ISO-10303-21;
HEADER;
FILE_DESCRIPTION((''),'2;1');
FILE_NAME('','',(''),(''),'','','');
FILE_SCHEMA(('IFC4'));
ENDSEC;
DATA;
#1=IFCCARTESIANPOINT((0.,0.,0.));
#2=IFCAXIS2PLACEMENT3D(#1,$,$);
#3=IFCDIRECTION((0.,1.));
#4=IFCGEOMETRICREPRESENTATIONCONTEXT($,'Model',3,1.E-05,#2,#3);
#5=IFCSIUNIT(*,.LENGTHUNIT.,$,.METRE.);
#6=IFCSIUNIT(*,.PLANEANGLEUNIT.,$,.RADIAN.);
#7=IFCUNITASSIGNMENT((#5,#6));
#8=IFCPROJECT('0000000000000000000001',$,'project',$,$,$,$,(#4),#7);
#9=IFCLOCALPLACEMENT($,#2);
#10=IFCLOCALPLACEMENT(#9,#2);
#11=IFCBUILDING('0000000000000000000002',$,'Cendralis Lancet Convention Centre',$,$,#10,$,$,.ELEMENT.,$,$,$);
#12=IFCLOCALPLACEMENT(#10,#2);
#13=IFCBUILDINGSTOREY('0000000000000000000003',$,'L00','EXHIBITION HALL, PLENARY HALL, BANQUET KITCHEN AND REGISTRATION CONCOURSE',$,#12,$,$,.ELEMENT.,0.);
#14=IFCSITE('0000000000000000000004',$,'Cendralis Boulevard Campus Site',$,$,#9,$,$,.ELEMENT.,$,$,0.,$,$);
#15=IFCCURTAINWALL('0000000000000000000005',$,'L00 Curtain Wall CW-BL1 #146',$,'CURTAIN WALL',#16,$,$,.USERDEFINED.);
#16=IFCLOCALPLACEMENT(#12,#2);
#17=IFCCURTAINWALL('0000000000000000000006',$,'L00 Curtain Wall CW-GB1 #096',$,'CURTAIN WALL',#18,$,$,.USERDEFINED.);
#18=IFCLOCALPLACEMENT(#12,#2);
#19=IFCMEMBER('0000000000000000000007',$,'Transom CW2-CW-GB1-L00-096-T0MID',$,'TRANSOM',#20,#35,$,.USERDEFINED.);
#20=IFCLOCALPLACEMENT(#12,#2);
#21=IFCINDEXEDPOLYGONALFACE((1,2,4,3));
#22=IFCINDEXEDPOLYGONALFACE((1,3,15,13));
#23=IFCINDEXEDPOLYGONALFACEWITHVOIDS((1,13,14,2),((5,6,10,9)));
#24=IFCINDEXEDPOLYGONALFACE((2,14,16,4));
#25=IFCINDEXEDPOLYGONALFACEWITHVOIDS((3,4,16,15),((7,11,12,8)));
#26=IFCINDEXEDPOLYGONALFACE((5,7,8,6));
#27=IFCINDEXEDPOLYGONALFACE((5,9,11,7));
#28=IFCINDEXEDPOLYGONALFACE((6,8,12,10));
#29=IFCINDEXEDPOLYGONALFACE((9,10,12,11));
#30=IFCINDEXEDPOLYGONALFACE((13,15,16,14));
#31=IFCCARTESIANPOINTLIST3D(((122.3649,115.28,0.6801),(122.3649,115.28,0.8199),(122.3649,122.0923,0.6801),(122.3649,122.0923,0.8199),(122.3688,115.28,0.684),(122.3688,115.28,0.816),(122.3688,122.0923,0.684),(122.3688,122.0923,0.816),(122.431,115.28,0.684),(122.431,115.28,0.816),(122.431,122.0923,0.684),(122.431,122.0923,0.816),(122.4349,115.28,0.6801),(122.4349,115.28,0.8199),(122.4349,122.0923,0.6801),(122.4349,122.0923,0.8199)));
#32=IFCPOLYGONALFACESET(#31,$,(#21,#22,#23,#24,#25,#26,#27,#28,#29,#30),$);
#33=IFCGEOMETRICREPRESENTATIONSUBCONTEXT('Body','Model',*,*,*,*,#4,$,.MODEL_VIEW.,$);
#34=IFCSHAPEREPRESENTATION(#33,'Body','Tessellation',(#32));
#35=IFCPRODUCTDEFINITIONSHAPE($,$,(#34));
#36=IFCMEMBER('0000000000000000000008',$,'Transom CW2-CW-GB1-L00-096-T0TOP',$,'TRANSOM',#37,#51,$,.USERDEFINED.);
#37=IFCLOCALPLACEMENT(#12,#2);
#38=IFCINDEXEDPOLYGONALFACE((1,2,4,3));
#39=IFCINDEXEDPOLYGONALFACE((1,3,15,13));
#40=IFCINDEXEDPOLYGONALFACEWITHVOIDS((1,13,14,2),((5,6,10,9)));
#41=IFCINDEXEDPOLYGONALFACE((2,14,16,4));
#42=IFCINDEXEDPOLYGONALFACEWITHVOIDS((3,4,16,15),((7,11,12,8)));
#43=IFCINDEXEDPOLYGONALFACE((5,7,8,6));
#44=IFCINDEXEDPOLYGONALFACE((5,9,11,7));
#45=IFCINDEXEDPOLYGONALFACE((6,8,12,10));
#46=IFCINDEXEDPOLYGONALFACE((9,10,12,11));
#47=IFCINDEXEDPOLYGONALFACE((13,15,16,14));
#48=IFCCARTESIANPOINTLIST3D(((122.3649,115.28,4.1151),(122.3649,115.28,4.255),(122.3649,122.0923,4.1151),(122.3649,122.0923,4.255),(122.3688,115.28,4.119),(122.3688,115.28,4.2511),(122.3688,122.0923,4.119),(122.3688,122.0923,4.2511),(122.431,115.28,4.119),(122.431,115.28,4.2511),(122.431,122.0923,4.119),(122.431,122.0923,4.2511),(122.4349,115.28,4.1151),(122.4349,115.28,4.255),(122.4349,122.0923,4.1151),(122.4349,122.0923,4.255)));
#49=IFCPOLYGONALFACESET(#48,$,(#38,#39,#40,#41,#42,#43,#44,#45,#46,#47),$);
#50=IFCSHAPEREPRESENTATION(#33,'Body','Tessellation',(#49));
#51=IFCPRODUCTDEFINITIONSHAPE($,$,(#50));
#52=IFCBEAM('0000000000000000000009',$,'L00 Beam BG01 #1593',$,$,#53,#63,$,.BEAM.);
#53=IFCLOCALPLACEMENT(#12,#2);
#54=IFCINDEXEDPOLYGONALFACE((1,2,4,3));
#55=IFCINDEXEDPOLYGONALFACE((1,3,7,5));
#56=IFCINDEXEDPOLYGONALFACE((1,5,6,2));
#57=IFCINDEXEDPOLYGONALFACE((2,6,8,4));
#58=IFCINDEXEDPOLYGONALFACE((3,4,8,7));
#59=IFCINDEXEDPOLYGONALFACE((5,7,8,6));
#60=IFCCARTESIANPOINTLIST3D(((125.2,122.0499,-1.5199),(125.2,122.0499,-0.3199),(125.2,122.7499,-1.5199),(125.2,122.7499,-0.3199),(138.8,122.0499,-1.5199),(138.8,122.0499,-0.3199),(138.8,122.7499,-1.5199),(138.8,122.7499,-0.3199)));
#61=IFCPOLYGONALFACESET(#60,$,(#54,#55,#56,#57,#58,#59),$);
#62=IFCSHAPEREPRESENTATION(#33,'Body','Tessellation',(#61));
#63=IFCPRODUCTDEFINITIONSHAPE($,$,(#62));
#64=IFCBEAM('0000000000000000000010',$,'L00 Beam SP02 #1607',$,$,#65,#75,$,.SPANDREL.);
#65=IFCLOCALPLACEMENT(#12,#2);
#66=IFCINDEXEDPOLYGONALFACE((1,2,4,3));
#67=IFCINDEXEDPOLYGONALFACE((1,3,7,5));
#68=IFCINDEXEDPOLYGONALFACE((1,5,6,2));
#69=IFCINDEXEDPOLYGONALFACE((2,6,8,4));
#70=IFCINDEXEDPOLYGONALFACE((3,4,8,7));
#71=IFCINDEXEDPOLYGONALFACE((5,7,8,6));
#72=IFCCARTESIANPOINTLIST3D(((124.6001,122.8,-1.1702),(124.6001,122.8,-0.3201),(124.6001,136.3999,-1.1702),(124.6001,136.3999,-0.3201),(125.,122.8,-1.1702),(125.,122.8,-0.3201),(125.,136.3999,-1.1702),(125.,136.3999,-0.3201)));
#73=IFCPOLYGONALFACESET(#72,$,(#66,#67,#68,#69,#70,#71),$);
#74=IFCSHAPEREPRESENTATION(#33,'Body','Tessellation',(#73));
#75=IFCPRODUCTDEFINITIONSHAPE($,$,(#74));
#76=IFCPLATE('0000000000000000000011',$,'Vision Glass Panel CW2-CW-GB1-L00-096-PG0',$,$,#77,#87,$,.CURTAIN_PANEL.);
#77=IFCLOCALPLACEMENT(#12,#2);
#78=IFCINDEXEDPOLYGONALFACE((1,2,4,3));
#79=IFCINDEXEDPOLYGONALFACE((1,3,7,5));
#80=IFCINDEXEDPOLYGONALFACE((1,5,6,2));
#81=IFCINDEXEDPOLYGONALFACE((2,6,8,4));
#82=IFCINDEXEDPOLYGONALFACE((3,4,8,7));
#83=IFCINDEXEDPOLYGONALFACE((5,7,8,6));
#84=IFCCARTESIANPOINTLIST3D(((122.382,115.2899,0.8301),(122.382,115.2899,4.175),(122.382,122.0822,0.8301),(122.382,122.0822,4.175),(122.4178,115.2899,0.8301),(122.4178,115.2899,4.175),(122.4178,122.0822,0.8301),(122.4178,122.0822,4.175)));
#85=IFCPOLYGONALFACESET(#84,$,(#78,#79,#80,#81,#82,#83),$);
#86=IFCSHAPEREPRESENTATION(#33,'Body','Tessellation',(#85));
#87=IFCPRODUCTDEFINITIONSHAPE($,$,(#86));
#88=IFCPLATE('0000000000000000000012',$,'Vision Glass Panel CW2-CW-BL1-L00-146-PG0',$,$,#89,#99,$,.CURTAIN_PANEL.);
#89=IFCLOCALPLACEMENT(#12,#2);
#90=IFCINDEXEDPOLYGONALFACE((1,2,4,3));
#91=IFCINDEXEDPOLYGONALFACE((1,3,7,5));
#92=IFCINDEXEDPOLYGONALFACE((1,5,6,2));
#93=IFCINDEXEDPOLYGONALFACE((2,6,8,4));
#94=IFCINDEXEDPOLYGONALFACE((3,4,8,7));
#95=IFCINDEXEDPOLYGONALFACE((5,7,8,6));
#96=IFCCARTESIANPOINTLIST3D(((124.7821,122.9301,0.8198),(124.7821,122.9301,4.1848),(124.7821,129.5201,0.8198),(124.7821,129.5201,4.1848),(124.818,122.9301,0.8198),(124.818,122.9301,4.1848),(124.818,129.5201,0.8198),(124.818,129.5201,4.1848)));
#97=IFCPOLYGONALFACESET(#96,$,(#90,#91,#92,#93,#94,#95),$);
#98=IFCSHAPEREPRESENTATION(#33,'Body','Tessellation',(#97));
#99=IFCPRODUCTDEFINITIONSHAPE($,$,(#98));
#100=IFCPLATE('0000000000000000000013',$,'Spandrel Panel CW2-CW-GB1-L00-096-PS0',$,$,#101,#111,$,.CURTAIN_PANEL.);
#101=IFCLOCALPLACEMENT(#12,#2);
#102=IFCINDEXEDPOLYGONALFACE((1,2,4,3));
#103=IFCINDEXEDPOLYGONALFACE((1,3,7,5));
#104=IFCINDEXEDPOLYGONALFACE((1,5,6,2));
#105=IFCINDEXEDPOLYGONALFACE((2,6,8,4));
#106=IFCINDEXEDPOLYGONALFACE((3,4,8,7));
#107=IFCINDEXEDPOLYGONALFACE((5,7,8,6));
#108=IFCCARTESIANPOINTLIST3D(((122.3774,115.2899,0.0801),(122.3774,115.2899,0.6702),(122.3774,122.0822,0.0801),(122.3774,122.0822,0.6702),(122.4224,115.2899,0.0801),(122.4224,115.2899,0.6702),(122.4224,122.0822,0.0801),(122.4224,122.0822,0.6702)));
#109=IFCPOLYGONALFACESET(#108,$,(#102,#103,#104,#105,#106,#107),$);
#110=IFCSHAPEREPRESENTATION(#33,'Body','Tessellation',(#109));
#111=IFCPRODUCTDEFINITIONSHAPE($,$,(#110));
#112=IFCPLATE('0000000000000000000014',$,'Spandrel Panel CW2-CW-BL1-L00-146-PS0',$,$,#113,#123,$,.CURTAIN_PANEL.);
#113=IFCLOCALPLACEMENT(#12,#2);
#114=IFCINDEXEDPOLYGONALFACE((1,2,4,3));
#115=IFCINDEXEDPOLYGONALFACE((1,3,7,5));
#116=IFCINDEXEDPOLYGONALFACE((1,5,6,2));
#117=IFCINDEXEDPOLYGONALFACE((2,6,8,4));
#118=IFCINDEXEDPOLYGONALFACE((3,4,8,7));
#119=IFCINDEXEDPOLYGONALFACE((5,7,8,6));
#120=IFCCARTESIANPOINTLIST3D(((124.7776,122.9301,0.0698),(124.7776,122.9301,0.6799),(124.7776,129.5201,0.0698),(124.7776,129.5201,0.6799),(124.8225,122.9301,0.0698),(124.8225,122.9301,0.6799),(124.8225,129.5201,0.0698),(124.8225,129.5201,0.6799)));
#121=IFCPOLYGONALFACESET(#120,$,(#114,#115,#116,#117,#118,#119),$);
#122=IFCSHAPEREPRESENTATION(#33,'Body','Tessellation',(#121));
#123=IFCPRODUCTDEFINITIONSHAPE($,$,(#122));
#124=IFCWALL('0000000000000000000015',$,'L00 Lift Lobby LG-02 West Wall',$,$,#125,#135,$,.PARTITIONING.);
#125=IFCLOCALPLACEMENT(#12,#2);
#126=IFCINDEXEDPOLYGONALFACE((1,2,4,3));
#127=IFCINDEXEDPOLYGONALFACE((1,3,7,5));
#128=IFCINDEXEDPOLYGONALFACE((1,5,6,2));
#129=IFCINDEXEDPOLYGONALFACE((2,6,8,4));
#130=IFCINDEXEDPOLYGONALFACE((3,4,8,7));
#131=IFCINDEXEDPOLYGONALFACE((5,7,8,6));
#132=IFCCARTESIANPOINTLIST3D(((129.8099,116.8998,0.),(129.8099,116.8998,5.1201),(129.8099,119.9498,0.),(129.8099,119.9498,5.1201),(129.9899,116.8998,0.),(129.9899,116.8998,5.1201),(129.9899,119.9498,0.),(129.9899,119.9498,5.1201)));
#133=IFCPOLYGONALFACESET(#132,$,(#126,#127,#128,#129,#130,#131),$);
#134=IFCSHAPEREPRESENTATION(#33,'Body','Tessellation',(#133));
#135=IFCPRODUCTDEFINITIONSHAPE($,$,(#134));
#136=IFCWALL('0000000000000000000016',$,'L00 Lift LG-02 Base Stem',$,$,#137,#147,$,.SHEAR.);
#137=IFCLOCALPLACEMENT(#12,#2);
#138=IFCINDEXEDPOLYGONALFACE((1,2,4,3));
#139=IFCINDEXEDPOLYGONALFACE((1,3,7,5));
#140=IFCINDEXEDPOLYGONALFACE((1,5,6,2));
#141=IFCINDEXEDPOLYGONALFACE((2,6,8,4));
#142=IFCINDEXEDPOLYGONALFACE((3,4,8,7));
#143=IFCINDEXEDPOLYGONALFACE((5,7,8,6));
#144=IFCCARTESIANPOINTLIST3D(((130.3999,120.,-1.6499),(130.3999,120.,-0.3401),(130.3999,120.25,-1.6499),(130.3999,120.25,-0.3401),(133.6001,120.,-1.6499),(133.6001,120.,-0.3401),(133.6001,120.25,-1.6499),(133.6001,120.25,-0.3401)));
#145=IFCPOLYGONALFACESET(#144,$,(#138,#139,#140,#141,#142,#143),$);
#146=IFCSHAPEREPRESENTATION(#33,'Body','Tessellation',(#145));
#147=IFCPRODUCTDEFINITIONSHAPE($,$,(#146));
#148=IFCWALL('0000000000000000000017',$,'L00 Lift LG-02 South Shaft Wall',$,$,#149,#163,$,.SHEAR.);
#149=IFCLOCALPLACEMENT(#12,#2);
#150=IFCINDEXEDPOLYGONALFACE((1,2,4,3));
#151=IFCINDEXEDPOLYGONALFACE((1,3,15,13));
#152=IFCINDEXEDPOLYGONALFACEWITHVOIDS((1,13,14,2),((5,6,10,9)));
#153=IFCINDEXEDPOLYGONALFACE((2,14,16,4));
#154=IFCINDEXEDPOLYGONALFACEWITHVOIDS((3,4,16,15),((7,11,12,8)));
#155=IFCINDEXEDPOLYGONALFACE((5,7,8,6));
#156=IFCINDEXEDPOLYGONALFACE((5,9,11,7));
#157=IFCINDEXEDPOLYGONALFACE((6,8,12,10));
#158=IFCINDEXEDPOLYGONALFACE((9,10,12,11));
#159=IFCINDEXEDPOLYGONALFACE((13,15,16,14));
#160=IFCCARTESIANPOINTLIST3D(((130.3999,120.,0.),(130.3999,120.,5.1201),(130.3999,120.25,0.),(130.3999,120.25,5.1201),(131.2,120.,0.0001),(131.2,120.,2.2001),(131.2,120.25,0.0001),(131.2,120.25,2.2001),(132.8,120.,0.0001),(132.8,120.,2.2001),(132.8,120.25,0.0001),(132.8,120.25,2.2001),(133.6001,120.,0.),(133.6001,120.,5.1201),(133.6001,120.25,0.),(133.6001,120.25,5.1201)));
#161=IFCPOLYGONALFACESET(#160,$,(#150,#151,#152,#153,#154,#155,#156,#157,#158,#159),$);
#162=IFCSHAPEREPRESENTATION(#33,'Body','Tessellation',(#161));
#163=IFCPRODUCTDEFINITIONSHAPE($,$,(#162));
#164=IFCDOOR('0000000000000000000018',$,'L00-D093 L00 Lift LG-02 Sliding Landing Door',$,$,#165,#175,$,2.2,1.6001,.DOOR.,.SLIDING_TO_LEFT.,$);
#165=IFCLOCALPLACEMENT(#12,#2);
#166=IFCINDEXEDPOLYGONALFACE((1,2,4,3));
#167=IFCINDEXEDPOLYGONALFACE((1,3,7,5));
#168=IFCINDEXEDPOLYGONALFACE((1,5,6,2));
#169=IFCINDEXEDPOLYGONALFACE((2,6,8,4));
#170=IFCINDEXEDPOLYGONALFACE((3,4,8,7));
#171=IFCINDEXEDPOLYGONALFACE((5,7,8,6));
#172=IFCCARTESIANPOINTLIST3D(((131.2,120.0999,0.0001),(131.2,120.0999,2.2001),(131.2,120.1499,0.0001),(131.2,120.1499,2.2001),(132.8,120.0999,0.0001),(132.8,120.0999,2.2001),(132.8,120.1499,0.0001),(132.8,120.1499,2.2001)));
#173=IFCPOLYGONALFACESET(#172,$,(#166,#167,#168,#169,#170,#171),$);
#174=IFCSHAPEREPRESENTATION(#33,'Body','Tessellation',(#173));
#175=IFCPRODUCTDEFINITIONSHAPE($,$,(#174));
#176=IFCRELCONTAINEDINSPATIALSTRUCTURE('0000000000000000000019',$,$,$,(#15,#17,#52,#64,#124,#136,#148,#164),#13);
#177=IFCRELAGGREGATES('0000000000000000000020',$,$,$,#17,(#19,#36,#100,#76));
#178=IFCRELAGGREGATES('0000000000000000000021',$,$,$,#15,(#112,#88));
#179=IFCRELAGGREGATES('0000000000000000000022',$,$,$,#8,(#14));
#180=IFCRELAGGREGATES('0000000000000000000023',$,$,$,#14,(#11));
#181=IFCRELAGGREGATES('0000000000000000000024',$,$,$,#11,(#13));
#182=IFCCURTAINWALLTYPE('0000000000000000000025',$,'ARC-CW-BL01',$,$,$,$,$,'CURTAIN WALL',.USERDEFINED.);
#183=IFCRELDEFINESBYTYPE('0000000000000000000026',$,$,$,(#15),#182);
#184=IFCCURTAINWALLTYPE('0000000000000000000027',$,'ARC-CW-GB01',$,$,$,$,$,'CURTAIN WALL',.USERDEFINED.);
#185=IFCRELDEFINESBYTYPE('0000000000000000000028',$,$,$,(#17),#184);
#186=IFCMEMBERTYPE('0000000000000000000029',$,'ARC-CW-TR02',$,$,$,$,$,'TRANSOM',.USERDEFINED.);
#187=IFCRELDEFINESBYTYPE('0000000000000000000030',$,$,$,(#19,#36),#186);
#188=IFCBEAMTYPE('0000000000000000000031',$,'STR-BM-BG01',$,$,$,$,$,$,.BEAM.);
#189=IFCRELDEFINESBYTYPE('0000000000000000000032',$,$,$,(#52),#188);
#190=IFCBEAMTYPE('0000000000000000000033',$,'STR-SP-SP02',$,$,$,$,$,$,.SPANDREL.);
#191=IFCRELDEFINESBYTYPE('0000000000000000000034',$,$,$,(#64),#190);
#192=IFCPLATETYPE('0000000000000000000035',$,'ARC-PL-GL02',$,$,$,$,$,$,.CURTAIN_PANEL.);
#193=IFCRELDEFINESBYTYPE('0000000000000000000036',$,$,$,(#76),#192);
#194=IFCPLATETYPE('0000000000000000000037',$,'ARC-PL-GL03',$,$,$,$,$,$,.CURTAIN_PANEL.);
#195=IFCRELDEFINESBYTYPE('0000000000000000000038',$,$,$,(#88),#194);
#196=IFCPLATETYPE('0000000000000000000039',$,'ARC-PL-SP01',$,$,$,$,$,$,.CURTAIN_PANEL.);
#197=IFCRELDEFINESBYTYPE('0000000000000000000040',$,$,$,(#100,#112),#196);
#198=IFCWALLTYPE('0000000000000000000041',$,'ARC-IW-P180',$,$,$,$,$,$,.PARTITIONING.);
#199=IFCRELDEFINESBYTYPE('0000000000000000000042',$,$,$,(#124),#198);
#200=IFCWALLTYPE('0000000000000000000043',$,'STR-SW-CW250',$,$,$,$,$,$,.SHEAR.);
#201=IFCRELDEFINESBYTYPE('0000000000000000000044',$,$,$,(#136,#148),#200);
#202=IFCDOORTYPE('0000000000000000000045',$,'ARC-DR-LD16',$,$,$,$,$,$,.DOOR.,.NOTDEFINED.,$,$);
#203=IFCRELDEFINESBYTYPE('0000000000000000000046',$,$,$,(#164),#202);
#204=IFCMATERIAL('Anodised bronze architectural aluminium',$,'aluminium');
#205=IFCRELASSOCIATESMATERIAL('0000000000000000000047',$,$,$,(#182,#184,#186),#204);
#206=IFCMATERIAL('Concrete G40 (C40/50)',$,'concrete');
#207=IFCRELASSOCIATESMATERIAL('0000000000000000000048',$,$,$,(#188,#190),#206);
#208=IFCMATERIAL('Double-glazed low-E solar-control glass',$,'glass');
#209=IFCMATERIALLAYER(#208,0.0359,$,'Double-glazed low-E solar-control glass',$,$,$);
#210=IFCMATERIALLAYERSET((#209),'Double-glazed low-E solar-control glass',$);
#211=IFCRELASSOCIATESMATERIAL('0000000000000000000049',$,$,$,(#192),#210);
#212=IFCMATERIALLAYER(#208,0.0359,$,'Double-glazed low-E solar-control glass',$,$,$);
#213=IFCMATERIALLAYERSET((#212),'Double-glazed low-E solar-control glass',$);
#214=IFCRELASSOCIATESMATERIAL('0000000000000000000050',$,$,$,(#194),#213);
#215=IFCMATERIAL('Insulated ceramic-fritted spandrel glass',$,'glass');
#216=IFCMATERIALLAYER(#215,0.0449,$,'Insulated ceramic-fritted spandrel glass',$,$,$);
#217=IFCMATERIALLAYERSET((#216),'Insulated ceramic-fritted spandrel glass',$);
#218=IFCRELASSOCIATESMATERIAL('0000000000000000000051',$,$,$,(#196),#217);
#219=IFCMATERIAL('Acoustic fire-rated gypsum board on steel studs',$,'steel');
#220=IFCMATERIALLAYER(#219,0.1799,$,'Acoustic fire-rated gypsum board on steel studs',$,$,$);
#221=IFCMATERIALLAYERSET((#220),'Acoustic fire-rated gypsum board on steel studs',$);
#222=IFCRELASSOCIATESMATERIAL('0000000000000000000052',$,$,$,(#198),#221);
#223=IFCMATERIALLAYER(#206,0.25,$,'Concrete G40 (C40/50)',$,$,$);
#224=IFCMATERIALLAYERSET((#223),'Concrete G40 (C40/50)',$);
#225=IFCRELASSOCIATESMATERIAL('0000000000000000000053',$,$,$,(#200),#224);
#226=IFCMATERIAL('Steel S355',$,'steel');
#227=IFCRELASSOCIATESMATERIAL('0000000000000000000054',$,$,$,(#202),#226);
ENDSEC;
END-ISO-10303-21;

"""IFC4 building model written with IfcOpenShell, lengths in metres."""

from ifc_helpers import new_model, si_unit, direction, frame, frame_2d, origin, origin_2d, place, context, subcontext, project, spatial, rectangle, hollow_rectangle, extrude, material, layer, layer_set, material_profile, profile_set, type_object, element, fill, aggregate, save


model = new_model("IFC4")

# Units and contexts
model_context = context("Model", 3, precision=1e-05, world=origin(), true_north=direction((0.0, 1.0)))
body_context = subcontext(model_context, "Body", "Model", "MODEL_VIEW")
ifc_project = project(units=[si_unit("LENGTHUNIT", "METRE"), si_unit("PLANEANGLEUNIT", "RADIAN")], contexts=[model_context])

# Site, building, storey
site_placement = place(None, origin())
site = spatial("IfcSite", under=ifc_project, at=site_placement, Name="Cendralis Boulevard Campus Site", CompositionType="ELEMENT", RefElevation=0.0)
building_placement = place(site_placement, origin())
building = spatial("IfcBuilding", under=site, at=building_placement, Name="Cendralis Lancet Convention Centre", CompositionType="ELEMENT")
storey_placement = place(building_placement, origin())
storey = spatial("IfcBuildingStorey", under=building, at=storey_placement, Name="L00", Description="EXHIBITION HALL, PLENARY HALL, BANQUET KITCHEN AND REGISTRATION CONCOURSE", CompositionType="ELEMENT", Elevation=0.0)

# Shared definitions
ifc_material_1 = material(Name="Concrete G40 (C40/50)", Category="concrete")
ifc_material_2 = material(Name="Steel S355", Category="steel")

# Curtain wall
ifc_material_3 = material(Name="Anodised bronze architectural aluminium", Category="aluminium")
curtain_wall_type_1 = type_object("IfcCurtainWallType", Name="ARC-CW-BL01", ElementType="CURTAIN WALL", PredefinedType="USERDEFINED", material=ifc_material_3)
curtain_wall_1_placement = place(storey_placement, origin())
curtain_wall_1 = element("IfcCurtainWall", 1, at=curtain_wall_1_placement, inside=storey, type_object=curtain_wall_type_1, Name="L00 Curtain Wall CW-BL1 #146", ObjectType="CURTAIN WALL", PredefinedType="USERDEFINED")

# Curtain wall
curtain_wall_type_2 = type_object("IfcCurtainWallType", Name="ARC-CW-GB01", ElementType="CURTAIN WALL", PredefinedType="USERDEFINED", material=ifc_material_3)
curtain_wall_2_placement = place(storey_placement, origin())
curtain_wall_2 = element("IfcCurtainWall", 2, at=curtain_wall_2_placement, inside=storey, type_object=curtain_wall_type_2, Name="L00 Curtain Wall CW-GB1 #096", ObjectType="CURTAIN WALL", PredefinedType="USERDEFINED")

# Members
ifc_material_profile_1 = material_profile(ifc_material_3, hollow_rectangle(XDim=0.0701, YDim=0.1399, WallThickness=0.0039, at=origin_2d()), Name="AL-TRAN 70x140x4.0")
ifc_profile_set_1 = profile_set([ifc_material_profile_1], Name="Anodised bronze architectural aluminium")
member_type_1 = type_object("IfcMemberType", Name="ARC-CW-TR02", ElementType="TRANSOM", PredefinedType="USERDEFINED", material=ifc_profile_set_1)
member_1_placement = place(storey_placement, frame((122.3999, 122.0923, 0.75), z_axis=(0.0, -1.0, 0.0), x_axis=(1.0, 0.0, 0.0)))
member_1 = element("IfcMember", 3, at=member_1_placement, type_object=member_type_1, Name="Transom CW2-CW-GB1-L00-096-T0MID", ObjectType="TRANSOM", PredefinedType="USERDEFINED", context=body_context, shape_type="SweptSolid", body=[
    extrude(hollow_rectangle(XDim=0.0701, YDim=0.1399, WallThickness=0.0039, at=origin_2d()), origin(), (0.0, 0.0, 1.0), 6.8123),
])
member_2_placement = place(storey_placement, frame((122.3999, 122.0923, 4.1851), z_axis=(0.0, -1.0, 0.0), x_axis=(1.0, 0.0, 0.0)))
member_2 = element("IfcMember", 4, at=member_2_placement, type_object=member_type_1, Name="Transom CW2-CW-GB1-L00-096-T0TOP", ObjectType="TRANSOM", PredefinedType="USERDEFINED", context=body_context, shape_type="SweptSolid", body=[
    extrude(hollow_rectangle(XDim=0.0701, YDim=0.1399, WallThickness=0.0039, at=origin_2d()), origin(), (0.0, 0.0, 1.0), 6.8123),
])

# Beams
ifc_material_profile_2 = material_profile(ifc_material_1, rectangle(XDim=0.7, YDim=1.2, at=origin_2d()), Name="RCB 700x1200")
ifc_profile_set_2 = profile_set([ifc_material_profile_2], Name="Concrete G40 (C40/50)")
beam_type_1 = type_object("IfcBeamType", Name="STR-BM-BG01", PredefinedType="BEAM", material=ifc_profile_set_2)
beam_1_placement = place(storey_placement, frame((125.2, 122.3999, -0.9199), z_axis=(1.0, 0.0, 0.0), x_axis=(0.0, 1.0, 0.0)))
element("IfcBeam", 5, at=beam_1_placement, inside=storey, type_object=beam_type_1, Name="L00 Beam BG01 #1593", PredefinedType="BEAM", context=body_context, shape_type="SweptSolid", body=[
    extrude(rectangle(XDim=0.7, YDim=1.2, at=origin_2d()), origin(), (0.0, 0.0, 1.0), 13.6001),
])
ifc_material_profile_3 = material_profile(ifc_material_1, rectangle(XDim=0.3999, YDim=0.8501, at=origin_2d()), Name="RCB 400x850")
ifc_profile_set_3 = profile_set([ifc_material_profile_3], Name="Concrete G40 (C40/50)")
beam_type_2 = type_object("IfcBeamType", Name="STR-SP-SP02", PredefinedType="SPANDREL", material=ifc_profile_set_3)
beam_2_placement = place(storey_placement, frame((124.8, 122.8, -0.7451), z_axis=(0.0, 1.0, 0.0), x_axis=(-1.0, 0.0, 0.0)))
element("IfcBeam", 6, at=beam_2_placement, inside=storey, type_object=beam_type_2, Name="L00 Beam SP02 #1607", PredefinedType="SPANDREL", context=body_context, shape_type="SweptSolid", body=[
    extrude(rectangle(XDim=0.3999, YDim=0.8501, at=origin_2d()), origin(), (0.0, 0.0, 1.0), 13.5999),
])

# Plates
ifc_material_4 = material(Name="Double-glazed low-E solar-control glass", Category="glass")
ifc_layer_1 = layer(ifc_material_4, 0.0359, Name="Double-glazed low-E solar-control glass")
ifc_layer_set_1 = layer_set([ifc_layer_1], Name="Double-glazed low-E solar-control glass")
plate_type_1 = type_object("IfcPlateType", Name="ARC-PL-GL02", PredefinedType="CURTAIN_PANEL", material=ifc_layer_set_1)
plate_1_placement = place(storey_placement, frame((122.3999, 118.686, 0.8301), z_axis=(0.0, 0.0, 1.0), x_axis=(0.0, -1.0, 0.0)))
plate_1 = element("IfcPlate", 7, at=plate_1_placement, type_object=plate_type_1, Name="Vision Glass Panel CW2-CW-GB1-L00-096-PG0", PredefinedType="CURTAIN_PANEL", context=body_context, shape_type="SweptSolid", body=[
    extrude(rectangle(XDim=6.7922, YDim=0.0359, at=origin_2d()), origin(), (0.0, 0.0, 1.0), 3.345),
])
ifc_layer_2 = layer(ifc_material_4, 0.0359, Name="Double-glazed low-E solar-control glass")
ifc_layer_set_2 = layer_set([ifc_layer_2], Name="Double-glazed low-E solar-control glass")
plate_type_2 = type_object("IfcPlateType", Name="ARC-PL-GL03", PredefinedType="CURTAIN_PANEL", material=ifc_layer_set_2)
plate_2_placement = place(storey_placement, frame((124.8, 126.2251, 0.8198), z_axis=(0.0, 0.0, 1.0), x_axis=(0.0, 1.0, 0.0)))
plate_2 = element("IfcPlate", 8, at=plate_2_placement, type_object=plate_type_2, Name="Vision Glass Panel CW2-CW-BL1-L00-146-PG0", PredefinedType="CURTAIN_PANEL", context=body_context, shape_type="SweptSolid", body=[
    extrude(rectangle(XDim=6.5901, YDim=0.0359, at=origin_2d()), origin(), (0.0, 0.0, 1.0), 3.365),
])
ifc_material_5 = material(Name="Insulated ceramic-fritted spandrel glass", Category="glass")
ifc_layer_3 = layer(ifc_material_5, 0.0449, Name="Insulated ceramic-fritted spandrel glass")
ifc_layer_set_3 = layer_set([ifc_layer_3], Name="Insulated ceramic-fritted spandrel glass")
plate_type_3 = type_object("IfcPlateType", Name="ARC-PL-SP01", PredefinedType="CURTAIN_PANEL", material=ifc_layer_set_3)
plate_3_placement = place(storey_placement, frame((122.3999, 118.686, 0.0801), z_axis=(0.0, 0.0, 1.0), x_axis=(0.0, -1.0, 0.0)))
plate_3 = element("IfcPlate", 9, at=plate_3_placement, type_object=plate_type_3, Name="Spandrel Panel CW2-CW-GB1-L00-096-PS0", PredefinedType="CURTAIN_PANEL", context=body_context, shape_type="SweptSolid", body=[
    extrude(rectangle(XDim=6.7922, YDim=0.0449, at=origin_2d()), origin(), (0.0, 0.0, 1.0), 0.5901),
])
aggregate(curtain_wall_2, [member_1, member_2, plate_3, plate_1])
plate_4_placement = place(storey_placement, frame((124.8, 126.2251, 0.0698), z_axis=(0.0, 0.0, 1.0), x_axis=(0.0, 1.0, 0.0)))
plate_4 = element("IfcPlate", 10, at=plate_4_placement, type_object=plate_type_3, Name="Spandrel Panel CW2-CW-BL1-L00-146-PS0", PredefinedType="CURTAIN_PANEL", context=body_context, shape_type="SweptSolid", body=[
    extrude(rectangle(XDim=6.5901, YDim=0.0449, at=origin_2d()), origin(), (0.0, 0.0, 1.0), 0.6101),
])
aggregate(curtain_wall_1, [plate_4, plate_2])

# Walls
ifc_material_6 = material(Name="Acoustic fire-rated gypsum board on steel studs", Category="steel")
ifc_layer_4 = layer(ifc_material_6, 0.1799, Name="Acoustic fire-rated gypsum board on steel studs")
ifc_layer_set_4 = layer_set([ifc_layer_4], Name="Acoustic fire-rated gypsum board on steel studs")
wall_type_1 = type_object("IfcWallType", Name="ARC-IW-P180", PredefinedType="PARTITIONING", material=ifc_layer_set_4)
wall_1_placement = place(storey_placement, frame((129.8999, 116.8999, 0.0), z_axis=(0.0, 0.0, 1.0), x_axis=(0.0, 1.0, 0.0)))
element("IfcWall", 11, at=wall_1_placement, inside=storey, type_object=wall_type_1, Name="L00 Lift Lobby LG-02 West Wall", PredefinedType="PARTITIONING", context=body_context, shape_type="SweptSolid", body=[
    extrude(rectangle(XDim=3.05, YDim=0.1799, at=frame_2d((1.5249, 0.0))), origin(), (0.0, 0.0, 1.0), 5.1201),
])
ifc_layer_5 = layer(ifc_material_1, 0.25, Name="Concrete G40 (C40/50)")
ifc_layer_set_5 = layer_set([ifc_layer_5], Name="Concrete G40 (C40/50)")
wall_type_2 = type_object("IfcWallType", Name="STR-SW-CW250", PredefinedType="SHEAR", material=ifc_layer_set_5)
wall_2_placement = place(storey_placement, frame((130.3999, 120.125, -1.6499), z_axis=(0.0, 0.0, 1.0), x_axis=(1.0, 0.0, 0.0)))
element("IfcWall", 12, at=wall_2_placement, inside=storey, type_object=wall_type_2, Name="L00 Lift LG-02 Base Stem", PredefinedType="SHEAR", context=body_context, shape_type="SweptSolid", body=[
    extrude(rectangle(XDim=3.2002, YDim=0.25, at=frame_2d((1.6001, 0.0))), origin(), (0.0, 0.0, 1.0), 1.3098),
])

# Wall, opening, door
wall_3_placement = place(storey_placement, frame((130.3999, 120.125, 0.0), z_axis=(0.0, 0.0, 1.0), x_axis=(1.0, 0.0, 0.0)))
wall_3 = element("IfcWall", 13, at=wall_3_placement, inside=storey, type_object=wall_type_2, Name="L00 Lift LG-02 South Shaft Wall", PredefinedType="SHEAR", context=body_context, shape_type="SweptSolid", body=[
    extrude(rectangle(XDim=3.2002, YDim=0.25, at=frame_2d((1.6001, 0.0))), origin(), (0.0, 0.0, 1.0), 5.1201),
])
opening_placement = place(wall_3_placement, frame((0.8, 0.0, 0.0)))
opening = element("IfcOpeningElement", 14, at=opening_placement, cuts=wall_3, PredefinedType="OPENING", context=body_context, shape_type="SweptSolid", body=[
    extrude(rectangle(XDim=1.6001, YDim=2.2, at=frame_2d((0.8, 1.1001))), frame((0.0, 0.135, 0.0), z_axis=(0.0, -1.0, 0.0), x_axis=(1.0, 0.0, 0.0)), (0.0, 0.0, 1.0), 0.27),
])
door_type = type_object("IfcDoorType", Name="ARC-DR-LD16", OperationType="NOTDEFINED", PredefinedType="DOOR", material=ifc_material_2)
door_placement = place(opening_placement, origin())
door = element("IfcDoor", 15, at=door_placement, inside=storey, type_object=door_type, Name="L00-D093 L00 Lift LG-02 Sliding Landing Door", OperationType="SLIDING_TO_LEFT", OverallHeight=2.2, OverallWidth=1.6001, PredefinedType="DOOR", context=body_context, shape_type="SweptSolid", body=[
    extrude(rectangle(XDim=1.6001, YDim=2.2, at=frame_2d((0.8, 1.1001))), frame((0.0, 0.0249, 0.0), z_axis=(0.0, -1.0, 0.0), x_axis=(1.0, 0.0, 0.0)), (0.0, 0.0, 1.0), 0.05),
])
fill(opening, door)

save(model, "model.ifc")
